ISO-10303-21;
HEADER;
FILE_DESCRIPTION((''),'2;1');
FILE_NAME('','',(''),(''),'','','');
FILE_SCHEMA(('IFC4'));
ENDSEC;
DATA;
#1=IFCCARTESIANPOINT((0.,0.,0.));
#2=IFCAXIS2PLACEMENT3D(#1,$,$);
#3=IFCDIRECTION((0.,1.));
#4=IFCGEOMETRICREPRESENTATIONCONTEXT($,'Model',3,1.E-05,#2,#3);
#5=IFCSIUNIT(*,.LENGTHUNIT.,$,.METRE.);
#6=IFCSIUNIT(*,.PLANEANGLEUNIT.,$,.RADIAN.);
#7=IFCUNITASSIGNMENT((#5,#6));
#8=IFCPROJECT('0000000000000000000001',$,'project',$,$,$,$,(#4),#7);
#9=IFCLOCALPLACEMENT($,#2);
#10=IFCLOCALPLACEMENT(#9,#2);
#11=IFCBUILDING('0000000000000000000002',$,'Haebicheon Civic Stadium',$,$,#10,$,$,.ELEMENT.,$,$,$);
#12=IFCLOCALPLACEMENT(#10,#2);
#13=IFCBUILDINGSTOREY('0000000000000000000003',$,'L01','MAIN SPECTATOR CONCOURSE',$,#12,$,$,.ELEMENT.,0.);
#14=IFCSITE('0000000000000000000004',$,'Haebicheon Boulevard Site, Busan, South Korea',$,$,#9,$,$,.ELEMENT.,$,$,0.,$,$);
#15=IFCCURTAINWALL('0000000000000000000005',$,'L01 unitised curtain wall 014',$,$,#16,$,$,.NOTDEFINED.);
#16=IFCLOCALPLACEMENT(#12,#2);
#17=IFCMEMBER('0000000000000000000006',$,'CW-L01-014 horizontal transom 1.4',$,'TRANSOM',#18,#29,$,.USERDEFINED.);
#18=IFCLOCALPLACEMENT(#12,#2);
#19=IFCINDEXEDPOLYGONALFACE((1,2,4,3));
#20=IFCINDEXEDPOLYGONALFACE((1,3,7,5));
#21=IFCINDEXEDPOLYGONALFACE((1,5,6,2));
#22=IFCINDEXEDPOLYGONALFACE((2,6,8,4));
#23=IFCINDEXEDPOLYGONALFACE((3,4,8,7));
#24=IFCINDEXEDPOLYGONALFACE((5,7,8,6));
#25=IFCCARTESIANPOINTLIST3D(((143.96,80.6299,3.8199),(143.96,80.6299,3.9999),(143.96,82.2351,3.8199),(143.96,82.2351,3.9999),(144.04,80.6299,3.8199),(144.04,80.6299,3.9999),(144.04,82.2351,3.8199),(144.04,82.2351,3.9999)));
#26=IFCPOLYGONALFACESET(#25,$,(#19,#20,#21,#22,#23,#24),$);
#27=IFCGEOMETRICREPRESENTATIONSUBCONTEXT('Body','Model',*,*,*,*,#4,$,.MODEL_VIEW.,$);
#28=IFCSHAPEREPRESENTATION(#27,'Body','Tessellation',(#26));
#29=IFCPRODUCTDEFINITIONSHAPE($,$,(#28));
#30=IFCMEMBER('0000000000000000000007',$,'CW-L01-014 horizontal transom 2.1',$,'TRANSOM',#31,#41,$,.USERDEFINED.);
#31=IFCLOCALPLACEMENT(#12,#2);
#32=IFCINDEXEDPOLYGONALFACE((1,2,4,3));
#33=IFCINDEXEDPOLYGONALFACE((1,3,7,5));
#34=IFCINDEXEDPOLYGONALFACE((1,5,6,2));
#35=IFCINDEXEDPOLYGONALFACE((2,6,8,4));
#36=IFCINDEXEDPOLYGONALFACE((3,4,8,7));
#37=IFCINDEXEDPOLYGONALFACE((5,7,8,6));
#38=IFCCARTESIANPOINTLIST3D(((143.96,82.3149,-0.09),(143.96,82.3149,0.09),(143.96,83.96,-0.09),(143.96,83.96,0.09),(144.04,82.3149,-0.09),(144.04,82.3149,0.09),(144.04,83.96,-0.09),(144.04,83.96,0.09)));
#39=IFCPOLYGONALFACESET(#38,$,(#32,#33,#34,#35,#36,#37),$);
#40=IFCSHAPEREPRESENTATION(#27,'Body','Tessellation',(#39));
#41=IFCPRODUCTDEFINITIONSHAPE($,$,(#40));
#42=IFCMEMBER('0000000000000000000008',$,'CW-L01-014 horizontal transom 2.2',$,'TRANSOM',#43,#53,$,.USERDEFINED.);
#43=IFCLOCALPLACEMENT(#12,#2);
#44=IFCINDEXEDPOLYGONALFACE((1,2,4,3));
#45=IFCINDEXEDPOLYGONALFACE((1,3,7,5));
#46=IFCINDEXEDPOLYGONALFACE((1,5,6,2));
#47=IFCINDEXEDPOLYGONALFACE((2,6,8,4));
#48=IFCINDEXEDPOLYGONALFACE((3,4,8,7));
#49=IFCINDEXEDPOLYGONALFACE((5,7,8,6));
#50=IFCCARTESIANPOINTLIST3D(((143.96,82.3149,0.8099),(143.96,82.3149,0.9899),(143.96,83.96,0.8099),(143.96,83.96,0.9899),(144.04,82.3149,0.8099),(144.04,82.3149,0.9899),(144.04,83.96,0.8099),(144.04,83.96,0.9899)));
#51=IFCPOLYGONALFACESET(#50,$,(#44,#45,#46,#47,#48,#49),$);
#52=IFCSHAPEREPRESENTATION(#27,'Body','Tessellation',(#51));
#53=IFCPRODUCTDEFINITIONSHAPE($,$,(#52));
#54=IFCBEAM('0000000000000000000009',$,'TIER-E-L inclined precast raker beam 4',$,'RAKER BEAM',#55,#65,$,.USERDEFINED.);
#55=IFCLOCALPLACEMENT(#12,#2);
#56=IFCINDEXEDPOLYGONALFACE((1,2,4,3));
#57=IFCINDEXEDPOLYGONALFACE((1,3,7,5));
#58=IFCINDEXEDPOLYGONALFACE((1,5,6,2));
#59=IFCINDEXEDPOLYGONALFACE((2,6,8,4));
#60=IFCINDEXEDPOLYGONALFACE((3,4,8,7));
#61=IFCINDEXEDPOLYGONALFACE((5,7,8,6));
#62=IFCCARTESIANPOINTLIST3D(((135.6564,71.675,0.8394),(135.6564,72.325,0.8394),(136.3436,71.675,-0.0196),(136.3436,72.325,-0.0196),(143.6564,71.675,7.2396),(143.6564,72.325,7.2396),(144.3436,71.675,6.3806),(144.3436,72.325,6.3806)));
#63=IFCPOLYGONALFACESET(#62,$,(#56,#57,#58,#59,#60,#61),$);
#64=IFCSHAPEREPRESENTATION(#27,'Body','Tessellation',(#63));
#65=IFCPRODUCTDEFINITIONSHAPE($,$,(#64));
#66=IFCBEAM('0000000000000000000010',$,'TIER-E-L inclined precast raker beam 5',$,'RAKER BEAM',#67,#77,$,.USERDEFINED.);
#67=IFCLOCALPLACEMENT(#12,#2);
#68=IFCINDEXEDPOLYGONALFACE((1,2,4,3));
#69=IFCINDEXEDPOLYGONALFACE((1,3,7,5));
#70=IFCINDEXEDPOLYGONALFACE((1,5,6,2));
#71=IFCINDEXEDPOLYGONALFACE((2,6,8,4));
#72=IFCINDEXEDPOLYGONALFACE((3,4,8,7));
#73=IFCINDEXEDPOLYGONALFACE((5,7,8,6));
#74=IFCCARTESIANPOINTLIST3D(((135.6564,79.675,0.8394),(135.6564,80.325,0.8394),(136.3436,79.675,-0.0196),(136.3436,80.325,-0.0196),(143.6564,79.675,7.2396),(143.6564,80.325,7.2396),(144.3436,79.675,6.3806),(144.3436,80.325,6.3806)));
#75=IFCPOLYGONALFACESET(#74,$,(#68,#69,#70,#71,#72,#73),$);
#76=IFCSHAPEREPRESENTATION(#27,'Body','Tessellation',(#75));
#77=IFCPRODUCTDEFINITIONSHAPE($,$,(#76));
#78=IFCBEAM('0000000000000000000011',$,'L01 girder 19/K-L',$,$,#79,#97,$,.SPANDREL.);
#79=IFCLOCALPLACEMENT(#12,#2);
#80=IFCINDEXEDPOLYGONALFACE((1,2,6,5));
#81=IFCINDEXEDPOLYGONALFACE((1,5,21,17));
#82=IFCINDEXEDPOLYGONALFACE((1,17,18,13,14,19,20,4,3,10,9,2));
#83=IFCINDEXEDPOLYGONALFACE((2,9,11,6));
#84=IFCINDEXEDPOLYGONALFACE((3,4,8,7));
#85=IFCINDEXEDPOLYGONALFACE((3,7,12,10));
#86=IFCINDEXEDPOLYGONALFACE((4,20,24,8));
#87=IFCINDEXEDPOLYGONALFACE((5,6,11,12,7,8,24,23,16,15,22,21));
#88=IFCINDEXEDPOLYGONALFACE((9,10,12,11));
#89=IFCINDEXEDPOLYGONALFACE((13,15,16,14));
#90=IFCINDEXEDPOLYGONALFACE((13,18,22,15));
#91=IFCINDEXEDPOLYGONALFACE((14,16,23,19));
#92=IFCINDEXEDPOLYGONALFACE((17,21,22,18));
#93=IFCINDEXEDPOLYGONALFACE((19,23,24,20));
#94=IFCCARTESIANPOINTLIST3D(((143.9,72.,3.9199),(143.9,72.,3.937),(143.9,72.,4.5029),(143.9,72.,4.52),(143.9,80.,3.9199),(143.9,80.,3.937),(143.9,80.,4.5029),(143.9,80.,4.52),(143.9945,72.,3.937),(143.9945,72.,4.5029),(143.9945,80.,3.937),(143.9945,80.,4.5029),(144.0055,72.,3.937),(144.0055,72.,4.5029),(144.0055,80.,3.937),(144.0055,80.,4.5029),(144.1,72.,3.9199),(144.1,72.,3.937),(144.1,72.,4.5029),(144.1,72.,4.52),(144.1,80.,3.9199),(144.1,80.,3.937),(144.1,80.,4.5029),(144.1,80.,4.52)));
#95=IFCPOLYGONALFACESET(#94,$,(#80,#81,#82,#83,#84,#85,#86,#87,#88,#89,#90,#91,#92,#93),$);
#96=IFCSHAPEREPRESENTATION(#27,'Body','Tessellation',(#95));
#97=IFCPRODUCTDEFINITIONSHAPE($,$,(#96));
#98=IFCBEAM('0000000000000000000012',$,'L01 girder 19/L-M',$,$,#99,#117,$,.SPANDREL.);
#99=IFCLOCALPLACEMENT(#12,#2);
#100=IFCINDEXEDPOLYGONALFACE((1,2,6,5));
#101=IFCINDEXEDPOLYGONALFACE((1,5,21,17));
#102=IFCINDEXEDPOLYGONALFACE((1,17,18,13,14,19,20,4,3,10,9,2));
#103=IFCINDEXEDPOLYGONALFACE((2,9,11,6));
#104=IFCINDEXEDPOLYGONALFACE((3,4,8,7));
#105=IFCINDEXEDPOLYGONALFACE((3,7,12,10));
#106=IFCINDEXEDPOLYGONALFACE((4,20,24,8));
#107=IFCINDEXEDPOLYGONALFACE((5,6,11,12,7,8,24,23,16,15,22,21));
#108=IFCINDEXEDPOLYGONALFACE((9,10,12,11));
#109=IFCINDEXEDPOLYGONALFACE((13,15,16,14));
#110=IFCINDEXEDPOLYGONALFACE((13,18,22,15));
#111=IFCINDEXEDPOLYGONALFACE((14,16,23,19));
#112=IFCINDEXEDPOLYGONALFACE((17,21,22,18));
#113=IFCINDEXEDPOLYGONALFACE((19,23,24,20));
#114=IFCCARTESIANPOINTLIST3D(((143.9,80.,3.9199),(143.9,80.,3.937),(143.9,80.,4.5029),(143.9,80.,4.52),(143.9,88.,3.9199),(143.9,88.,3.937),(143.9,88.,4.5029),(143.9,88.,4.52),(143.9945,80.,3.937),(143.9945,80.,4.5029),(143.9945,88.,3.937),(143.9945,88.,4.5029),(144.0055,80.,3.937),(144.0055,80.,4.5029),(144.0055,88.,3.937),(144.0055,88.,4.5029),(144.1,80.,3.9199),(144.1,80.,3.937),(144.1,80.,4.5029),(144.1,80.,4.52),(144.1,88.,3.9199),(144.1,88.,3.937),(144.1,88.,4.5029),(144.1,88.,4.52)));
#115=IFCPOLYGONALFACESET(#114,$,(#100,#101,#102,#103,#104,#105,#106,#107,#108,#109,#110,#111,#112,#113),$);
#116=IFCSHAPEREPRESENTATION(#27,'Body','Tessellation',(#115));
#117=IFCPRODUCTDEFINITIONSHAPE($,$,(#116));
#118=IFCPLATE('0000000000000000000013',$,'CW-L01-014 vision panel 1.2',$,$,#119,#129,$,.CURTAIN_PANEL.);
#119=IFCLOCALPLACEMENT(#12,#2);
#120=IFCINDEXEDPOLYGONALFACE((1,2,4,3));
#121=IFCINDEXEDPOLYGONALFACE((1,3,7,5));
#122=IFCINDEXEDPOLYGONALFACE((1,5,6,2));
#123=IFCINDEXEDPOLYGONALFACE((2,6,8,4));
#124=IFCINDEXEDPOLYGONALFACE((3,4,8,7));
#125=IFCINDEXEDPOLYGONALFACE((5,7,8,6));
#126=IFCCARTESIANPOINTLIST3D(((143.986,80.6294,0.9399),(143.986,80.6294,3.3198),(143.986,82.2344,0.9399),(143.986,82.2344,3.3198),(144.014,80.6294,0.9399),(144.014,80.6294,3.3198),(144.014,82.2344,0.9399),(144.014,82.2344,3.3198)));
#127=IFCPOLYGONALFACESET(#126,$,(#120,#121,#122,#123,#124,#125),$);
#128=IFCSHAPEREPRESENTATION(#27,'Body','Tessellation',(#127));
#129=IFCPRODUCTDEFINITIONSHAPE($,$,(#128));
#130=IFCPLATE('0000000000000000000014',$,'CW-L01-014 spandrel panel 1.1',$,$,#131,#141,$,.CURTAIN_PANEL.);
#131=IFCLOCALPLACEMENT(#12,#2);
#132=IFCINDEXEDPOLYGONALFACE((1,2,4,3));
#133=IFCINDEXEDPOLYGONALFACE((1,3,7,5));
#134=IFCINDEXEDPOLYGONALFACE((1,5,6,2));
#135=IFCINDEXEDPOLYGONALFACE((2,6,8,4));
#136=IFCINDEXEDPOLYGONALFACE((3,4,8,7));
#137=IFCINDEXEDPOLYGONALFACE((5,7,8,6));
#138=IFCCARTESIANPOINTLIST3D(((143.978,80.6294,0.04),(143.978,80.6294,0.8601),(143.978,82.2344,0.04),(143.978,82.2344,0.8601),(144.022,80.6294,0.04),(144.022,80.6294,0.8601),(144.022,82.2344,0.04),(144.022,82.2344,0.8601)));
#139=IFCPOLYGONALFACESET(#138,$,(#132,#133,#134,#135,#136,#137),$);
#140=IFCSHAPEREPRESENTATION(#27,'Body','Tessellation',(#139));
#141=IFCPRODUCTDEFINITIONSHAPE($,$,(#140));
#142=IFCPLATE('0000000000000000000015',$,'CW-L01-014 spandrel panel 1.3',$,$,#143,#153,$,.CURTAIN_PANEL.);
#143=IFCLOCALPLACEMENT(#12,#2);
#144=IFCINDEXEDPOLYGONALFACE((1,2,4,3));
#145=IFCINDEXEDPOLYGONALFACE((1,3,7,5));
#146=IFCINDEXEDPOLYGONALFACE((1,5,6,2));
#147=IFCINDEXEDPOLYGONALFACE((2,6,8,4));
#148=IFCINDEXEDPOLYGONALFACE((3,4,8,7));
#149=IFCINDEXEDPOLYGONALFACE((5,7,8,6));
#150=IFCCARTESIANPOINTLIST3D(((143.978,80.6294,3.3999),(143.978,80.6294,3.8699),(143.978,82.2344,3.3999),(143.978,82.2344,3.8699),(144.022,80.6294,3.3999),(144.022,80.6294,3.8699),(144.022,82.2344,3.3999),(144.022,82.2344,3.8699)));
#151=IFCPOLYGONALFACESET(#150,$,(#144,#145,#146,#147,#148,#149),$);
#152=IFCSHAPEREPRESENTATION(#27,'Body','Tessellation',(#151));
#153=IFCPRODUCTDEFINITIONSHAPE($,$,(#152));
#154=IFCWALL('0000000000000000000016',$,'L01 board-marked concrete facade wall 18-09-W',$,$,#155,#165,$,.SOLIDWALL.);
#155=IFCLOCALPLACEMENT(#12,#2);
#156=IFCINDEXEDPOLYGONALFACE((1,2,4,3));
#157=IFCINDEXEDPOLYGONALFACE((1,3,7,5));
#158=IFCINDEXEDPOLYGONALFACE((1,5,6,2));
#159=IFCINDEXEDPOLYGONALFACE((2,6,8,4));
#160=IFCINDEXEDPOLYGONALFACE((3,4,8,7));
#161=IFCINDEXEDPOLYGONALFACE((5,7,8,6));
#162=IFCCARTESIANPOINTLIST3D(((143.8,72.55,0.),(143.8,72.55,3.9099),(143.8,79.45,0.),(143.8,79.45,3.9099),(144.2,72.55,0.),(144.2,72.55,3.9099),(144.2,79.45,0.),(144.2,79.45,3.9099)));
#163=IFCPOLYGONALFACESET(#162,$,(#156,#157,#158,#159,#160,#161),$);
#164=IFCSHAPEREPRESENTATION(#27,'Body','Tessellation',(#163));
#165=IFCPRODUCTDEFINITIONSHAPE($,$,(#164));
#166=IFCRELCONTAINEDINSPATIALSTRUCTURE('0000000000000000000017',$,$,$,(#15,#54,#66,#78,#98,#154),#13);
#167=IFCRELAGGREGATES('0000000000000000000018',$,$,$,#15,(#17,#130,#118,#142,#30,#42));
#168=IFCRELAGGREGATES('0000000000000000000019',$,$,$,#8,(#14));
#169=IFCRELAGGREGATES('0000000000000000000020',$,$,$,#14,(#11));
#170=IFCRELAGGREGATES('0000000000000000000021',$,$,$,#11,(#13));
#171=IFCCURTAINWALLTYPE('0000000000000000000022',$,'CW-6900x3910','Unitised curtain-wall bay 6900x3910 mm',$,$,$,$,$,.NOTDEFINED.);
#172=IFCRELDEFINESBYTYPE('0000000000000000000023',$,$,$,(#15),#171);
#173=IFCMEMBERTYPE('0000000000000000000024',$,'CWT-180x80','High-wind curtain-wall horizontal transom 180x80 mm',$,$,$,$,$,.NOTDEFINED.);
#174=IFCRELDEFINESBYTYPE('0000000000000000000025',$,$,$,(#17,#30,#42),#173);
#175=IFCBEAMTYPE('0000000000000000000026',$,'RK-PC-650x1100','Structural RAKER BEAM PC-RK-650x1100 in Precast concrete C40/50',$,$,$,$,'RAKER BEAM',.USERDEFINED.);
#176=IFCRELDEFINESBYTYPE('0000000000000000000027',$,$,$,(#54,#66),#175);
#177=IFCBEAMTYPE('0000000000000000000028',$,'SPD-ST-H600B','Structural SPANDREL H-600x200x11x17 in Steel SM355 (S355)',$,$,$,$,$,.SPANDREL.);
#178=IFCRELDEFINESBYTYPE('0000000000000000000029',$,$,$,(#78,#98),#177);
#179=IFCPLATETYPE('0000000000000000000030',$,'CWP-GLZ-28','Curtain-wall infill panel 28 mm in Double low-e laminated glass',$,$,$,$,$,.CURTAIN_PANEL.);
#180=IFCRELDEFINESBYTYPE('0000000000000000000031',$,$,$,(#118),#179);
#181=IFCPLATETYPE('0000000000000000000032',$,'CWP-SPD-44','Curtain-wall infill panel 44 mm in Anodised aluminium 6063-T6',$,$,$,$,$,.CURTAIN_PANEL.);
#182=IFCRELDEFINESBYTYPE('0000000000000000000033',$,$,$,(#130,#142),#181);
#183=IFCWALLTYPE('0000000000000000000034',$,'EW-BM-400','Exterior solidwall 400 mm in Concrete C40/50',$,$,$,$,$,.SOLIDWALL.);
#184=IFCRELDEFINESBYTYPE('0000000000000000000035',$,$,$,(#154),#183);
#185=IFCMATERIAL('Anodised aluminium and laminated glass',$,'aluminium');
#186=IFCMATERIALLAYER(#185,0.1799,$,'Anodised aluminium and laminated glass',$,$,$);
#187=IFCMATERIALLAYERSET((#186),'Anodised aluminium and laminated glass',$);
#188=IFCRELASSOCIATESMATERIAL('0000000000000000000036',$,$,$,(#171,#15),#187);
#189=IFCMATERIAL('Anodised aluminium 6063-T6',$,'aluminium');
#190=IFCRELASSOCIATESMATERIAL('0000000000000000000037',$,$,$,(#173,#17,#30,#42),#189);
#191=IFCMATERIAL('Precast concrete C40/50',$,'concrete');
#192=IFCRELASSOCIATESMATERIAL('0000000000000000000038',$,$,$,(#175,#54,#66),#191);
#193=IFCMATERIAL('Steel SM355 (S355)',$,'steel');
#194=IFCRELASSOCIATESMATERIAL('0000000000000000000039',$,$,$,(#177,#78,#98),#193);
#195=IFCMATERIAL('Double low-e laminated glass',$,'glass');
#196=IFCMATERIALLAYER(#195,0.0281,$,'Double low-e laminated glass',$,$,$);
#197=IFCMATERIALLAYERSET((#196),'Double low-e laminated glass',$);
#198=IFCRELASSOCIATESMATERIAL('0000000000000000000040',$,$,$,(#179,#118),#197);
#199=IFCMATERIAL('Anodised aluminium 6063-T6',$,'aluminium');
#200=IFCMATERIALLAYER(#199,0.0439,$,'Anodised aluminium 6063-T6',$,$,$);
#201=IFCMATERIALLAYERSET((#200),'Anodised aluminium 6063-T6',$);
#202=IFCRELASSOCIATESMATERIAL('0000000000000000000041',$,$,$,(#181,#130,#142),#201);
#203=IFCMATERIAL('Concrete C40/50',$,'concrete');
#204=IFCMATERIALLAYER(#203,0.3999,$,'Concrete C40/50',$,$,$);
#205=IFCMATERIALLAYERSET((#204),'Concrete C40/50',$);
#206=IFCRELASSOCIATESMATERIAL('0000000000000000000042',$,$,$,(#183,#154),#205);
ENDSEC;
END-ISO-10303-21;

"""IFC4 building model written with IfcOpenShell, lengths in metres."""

from ifc_helpers import new_model, si_unit, direction, frame, frame_2d, origin, origin_2d, place, context, subcontext, project, spatial, rectangle, i_section, extrude, material, layer, layer_set, material_profile, profile_set, type_object, element, aggregate, save


model = new_model("IFC4")

# Units and contexts
model_context = context("Model", 3, precision=1e-05, world=origin(), true_north=direction((0.0, 1.0)))
body_context = subcontext(model_context, "Body", "Model", "MODEL_VIEW")
ifc_project = project(units=[si_unit("LENGTHUNIT", "METRE"), si_unit("PLANEANGLEUNIT", "RADIAN")], contexts=[model_context])

# Site, building, storey
site_placement = place(None, origin())
site = spatial("IfcSite", under=ifc_project, at=site_placement, Name="Haebicheon Boulevard Site, Busan, South Korea", CompositionType="ELEMENT", RefElevation=0.0)
building_placement = place(site_placement, origin())
building = spatial("IfcBuilding", under=site, at=building_placement, Name="Haebicheon Civic Stadium", CompositionType="ELEMENT")
storey_placement = place(building_placement, origin())
storey = spatial("IfcBuildingStorey", under=building, at=storey_placement, Name="L01", Description="MAIN SPECTATOR CONCOURSE", CompositionType="ELEMENT", Elevation=0.0)

# Curtain wall, members
ifc_material_1 = material(Name="Anodised aluminium and laminated glass", Category="aluminium")
ifc_layer_1 = layer(ifc_material_1, 0.1799, Name="Anodised aluminium and laminated glass")
ifc_layer_set_1 = layer_set([ifc_layer_1], Name="Anodised aluminium and laminated glass")
curtain_wall_type = type_object("IfcCurtainWallType", Name="CW-6900x3910", Description="Unitised curtain-wall bay 6900x3910 mm", PredefinedType="NOTDEFINED", material=ifc_layer_set_1)
curtain_wall_placement = place(storey_placement, origin())
curtain_wall = element("IfcCurtainWall", 1, at=curtain_wall_placement, inside=storey, type_object=curtain_wall_type, material=ifc_layer_set_1, Name="L01 unitised curtain wall 014", PredefinedType="NOTDEFINED")
ifc_material_2 = material(Name="Anodised aluminium 6063-T6", Category="aluminium")
ifc_material_profile_1 = material_profile(ifc_material_2, rectangle(XDim=0.0801, YDim=0.1799, at=origin_2d()), Name="ALU-TRAN-80x180")
ifc_profile_set_1 = profile_set([ifc_material_profile_1], Name="Anodised aluminium 6063-T6")
member_type_1 = type_object("IfcMemberType", Name="CWT-180x80", Description="High-wind curtain-wall horizontal transom 180x80 mm", PredefinedType="NOTDEFINED", material=ifc_profile_set_1)
member_1_placement = place(storey_placement, frame((144.0, 80.6299, 3.9099), z_axis=(0.0, 1.0, 0.0), x_axis=(-1.0, 0.0, 0.0)))
member_1 = element("IfcMember", 2, at=member_1_placement, type_object=member_type_1, material=ifc_profile_set_1, Name="CW-L01-014 horizontal transom 1.4", ObjectType="TRANSOM", PredefinedType="USERDEFINED", context=body_context, shape_type="SweptSolid", body=[
    extrude(rectangle(XDim=0.0801, YDim=0.1799, at=origin_2d()), origin(), (0.0, 0.0, 1.0), 1.6052),
])
member_2_placement = place(storey_placement, frame((144.0, 82.3149, 0.0), z_axis=(0.0, 1.0, 0.0), x_axis=(-1.0, 0.0, 0.0)))
member_2 = element("IfcMember", 3, at=member_2_placement, type_object=member_type_1, material=ifc_profile_set_1, Name="CW-L01-014 horizontal transom 2.1", ObjectType="TRANSOM", PredefinedType="USERDEFINED", context=body_context, shape_type="SweptSolid", body=[
    extrude(rectangle(XDim=0.0801, YDim=0.1799, at=origin_2d()), origin(), (0.0, 0.0, 1.0), 1.645),
])
member_3_placement = place(storey_placement, frame((144.0, 82.3149, 0.8999), z_axis=(0.0, 1.0, 0.0), x_axis=(-1.0, 0.0, 0.0)))
member_3 = element("IfcMember", 4, at=member_3_placement, type_object=member_type_1, material=ifc_profile_set_1, Name="CW-L01-014 horizontal transom 2.2", ObjectType="TRANSOM", PredefinedType="USERDEFINED", context=body_context, shape_type="SweptSolid", body=[
    extrude(rectangle(XDim=0.0801, YDim=0.1799, at=origin_2d()), origin(), (0.0, 0.0, 1.0), 1.645),
])

# Beams
ifc_material_3 = material(Name="Precast concrete C40/50", Category="concrete")
ifc_material_profile_2 = material_profile(ifc_material_3, rectangle(XDim=0.6499, YDim=1.1001, at=origin_2d()), Name="PC-RK-650x1100")
ifc_profile_set_2 = profile_set([ifc_material_profile_2], Name="Precast concrete C40/50")
beam_type_1 = type_object("IfcBeamType", Name="RK-PC-650x1100", Description="Structural RAKER BEAM PC-RK-650x1100 in Precast concrete C40/50", ElementType="RAKER BEAM", PredefinedType="USERDEFINED", material=ifc_profile_set_2)
for number, where, z_axis, x_axis, name in (
    (5, (136.0, 72.0, 0.4099), (0.780862, 0.0, 0.624704), (0.0, 1.0, 0.0), "TIER-E-L inclined precast raker beam 4"),
    (6, (136.0, 80.0, 0.4099), (0.780862, 0.0, 0.624704), (0.0, 1.0, 0.0), "TIER-E-L inclined precast raker beam 5"),
):
    element("IfcBeam", number, at=place(storey_placement, frame(where, z_axis=z_axis, x_axis=x_axis)), inside=storey, type_object=beam_type_1, material=ifc_profile_set_2, Name=name, ObjectType="RAKER BEAM", PredefinedType="USERDEFINED", context=body_context, shape_type="SweptSolid", body=[
        extrude(rectangle(XDim=0.6499, YDim=1.1001, at=origin_2d()), origin(), (0.0, 0.0, 1.0), 10.2451),
    ])
ifc_material_4 = material(Name="Steel SM355 (S355)", Category="steel")
ifc_material_profile_3 = material_profile(ifc_material_4, i_section(OverallWidth=0.2, OverallDepth=0.6001, WebThickness=0.011, FlangeThickness=0.0171, at=origin_2d()), Name="H-600x200x11x17")
ifc_profile_set_3 = profile_set([ifc_material_profile_3], Name="Steel SM355 (S355)")
beam_type_2 = type_object("IfcBeamType", Name="SPD-ST-H600B", Description="Structural SPANDREL H-600x200x11x17 in Steel SM355 (S355)", PredefinedType="SPANDREL", material=ifc_profile_set_3)
for number, where, z_axis, x_axis, name in (
    (7, (144.0, 72.0, 4.22), (0.0, 1.0, 0.0), (-1.0, 0.0, 0.0), "L01 girder 19/K-L"),
    (8, (144.0, 80.0, 4.22), (0.0, 1.0, 0.0), (-1.0, 0.0, 0.0), "L01 girder 19/L-M"),
):
    element("IfcBeam", number, at=place(storey_placement, frame(where, z_axis=z_axis, x_axis=x_axis)), inside=storey, type_object=beam_type_2, material=ifc_profile_set_3, Name=name, PredefinedType="SPANDREL", context=body_context, shape_type="SweptSolid", body=[
        extrude(i_section(OverallWidth=0.2, OverallDepth=0.6001, WebThickness=0.011, FlangeThickness=0.0171, at=origin_2d()), origin(), (0.0, 0.0, 1.0), 8.0),
    ])

# Plates
ifc_material_5 = material(Name="Double low-e laminated glass", Category="glass")
ifc_layer_2 = layer(ifc_material_5, 0.0281, Name="Double low-e laminated glass")
ifc_layer_set_2 = layer_set([ifc_layer_2], Name="Double low-e laminated glass")
plate_type_1 = type_object("IfcPlateType", Name="CWP-GLZ-28", Description="Curtain-wall infill panel 28 mm in Double low-e laminated glass", PredefinedType="CURTAIN_PANEL", material=ifc_layer_set_2)
plate_1_placement = place(storey_placement, frame((144.0, 81.4319, 0.9399), z_axis=(0.0, 0.0, 1.0), x_axis=(0.0, 1.0, 0.0)))
plate_1 = element("IfcPlate", 9, at=plate_1_placement, type_object=plate_type_1, material=ifc_layer_set_2, Name="CW-L01-014 vision panel 1.2", PredefinedType="CURTAIN_PANEL", context=body_context, shape_type="SweptSolid", body=[
    extrude(rectangle(XDim=1.605, YDim=0.0281, at=origin_2d()), origin(), (0.0, 0.0, 1.0), 2.3799),
])
ifc_material_6 = material(Name="Anodised aluminium 6063-T6", Category="aluminium")
ifc_layer_3 = layer(ifc_material_6, 0.0439, Name="Anodised aluminium 6063-T6")
ifc_layer_set_3 = layer_set([ifc_layer_3], Name="Anodised aluminium 6063-T6")
plate_type_2 = type_object("IfcPlateType", Name="CWP-SPD-44", Description="Curtain-wall infill panel 44 mm in Anodised aluminium 6063-T6", PredefinedType="CURTAIN_PANEL", material=ifc_layer_set_3)
plate_2_placement = place(storey_placement, frame((144.0, 81.4319, 0.04), z_axis=(0.0, 0.0, 1.0), x_axis=(0.0, 1.0, 0.0)))
plate_2 = element("IfcPlate", 10, at=plate_2_placement, type_object=plate_type_2, material=ifc_layer_set_3, Name="CW-L01-014 spandrel panel 1.1", PredefinedType="CURTAIN_PANEL", context=body_context, shape_type="SweptSolid", body=[
    extrude(rectangle(XDim=1.605, YDim=0.0439, at=origin_2d()), origin(), (0.0, 0.0, 1.0), 0.8201),
])
plate_3_placement = place(storey_placement, frame((144.0, 81.4319, 3.3999), z_axis=(0.0, 0.0, 1.0), x_axis=(0.0, 1.0, 0.0)))
plate_3 = element("IfcPlate", 11, at=plate_3_placement, type_object=plate_type_2, material=ifc_layer_set_3, Name="CW-L01-014 spandrel panel 1.3", PredefinedType="CURTAIN_PANEL", context=body_context, shape_type="SweptSolid", body=[
    extrude(rectangle(XDim=1.605, YDim=0.0439, at=origin_2d()), origin(), (0.0, 0.0, 1.0), 0.47),
])
aggregate(curtain_wall, [member_1, plate_2, plate_1, plate_3, member_2, member_3])

# Wall
ifc_material_7 = material(Name="Concrete C40/50", Category="concrete")
ifc_layer_4 = layer(ifc_material_7, 0.3999, Name="Concrete C40/50")
ifc_layer_set_4 = layer_set([ifc_layer_4], Name="Concrete C40/50")
wall_type = type_object("IfcWallType", Name="EW-BM-400", Description="Exterior solidwall 400 mm in Concrete C40/50", PredefinedType="SOLIDWALL", material=ifc_layer_set_4)
wall_placement = place(storey_placement, frame((144.0, 72.55, 0.0), z_axis=(0.0, 0.0, 1.0), x_axis=(0.0, 1.0, 0.0)))
element("IfcWall", 12, at=wall_placement, inside=storey, type_object=wall_type, material=ifc_layer_set_4, Name="L01 board-marked concrete facade wall 18-09-W", PredefinedType="SOLIDWALL", context=body_context, shape_type="SweptSolid", body=[
    extrude(rectangle(XDim=6.8999, YDim=0.3999, at=frame_2d((3.45, 0.0))), origin(), (0.0, 0.0, 1.0), 3.9099),
])

save(model, "model.ifc")
